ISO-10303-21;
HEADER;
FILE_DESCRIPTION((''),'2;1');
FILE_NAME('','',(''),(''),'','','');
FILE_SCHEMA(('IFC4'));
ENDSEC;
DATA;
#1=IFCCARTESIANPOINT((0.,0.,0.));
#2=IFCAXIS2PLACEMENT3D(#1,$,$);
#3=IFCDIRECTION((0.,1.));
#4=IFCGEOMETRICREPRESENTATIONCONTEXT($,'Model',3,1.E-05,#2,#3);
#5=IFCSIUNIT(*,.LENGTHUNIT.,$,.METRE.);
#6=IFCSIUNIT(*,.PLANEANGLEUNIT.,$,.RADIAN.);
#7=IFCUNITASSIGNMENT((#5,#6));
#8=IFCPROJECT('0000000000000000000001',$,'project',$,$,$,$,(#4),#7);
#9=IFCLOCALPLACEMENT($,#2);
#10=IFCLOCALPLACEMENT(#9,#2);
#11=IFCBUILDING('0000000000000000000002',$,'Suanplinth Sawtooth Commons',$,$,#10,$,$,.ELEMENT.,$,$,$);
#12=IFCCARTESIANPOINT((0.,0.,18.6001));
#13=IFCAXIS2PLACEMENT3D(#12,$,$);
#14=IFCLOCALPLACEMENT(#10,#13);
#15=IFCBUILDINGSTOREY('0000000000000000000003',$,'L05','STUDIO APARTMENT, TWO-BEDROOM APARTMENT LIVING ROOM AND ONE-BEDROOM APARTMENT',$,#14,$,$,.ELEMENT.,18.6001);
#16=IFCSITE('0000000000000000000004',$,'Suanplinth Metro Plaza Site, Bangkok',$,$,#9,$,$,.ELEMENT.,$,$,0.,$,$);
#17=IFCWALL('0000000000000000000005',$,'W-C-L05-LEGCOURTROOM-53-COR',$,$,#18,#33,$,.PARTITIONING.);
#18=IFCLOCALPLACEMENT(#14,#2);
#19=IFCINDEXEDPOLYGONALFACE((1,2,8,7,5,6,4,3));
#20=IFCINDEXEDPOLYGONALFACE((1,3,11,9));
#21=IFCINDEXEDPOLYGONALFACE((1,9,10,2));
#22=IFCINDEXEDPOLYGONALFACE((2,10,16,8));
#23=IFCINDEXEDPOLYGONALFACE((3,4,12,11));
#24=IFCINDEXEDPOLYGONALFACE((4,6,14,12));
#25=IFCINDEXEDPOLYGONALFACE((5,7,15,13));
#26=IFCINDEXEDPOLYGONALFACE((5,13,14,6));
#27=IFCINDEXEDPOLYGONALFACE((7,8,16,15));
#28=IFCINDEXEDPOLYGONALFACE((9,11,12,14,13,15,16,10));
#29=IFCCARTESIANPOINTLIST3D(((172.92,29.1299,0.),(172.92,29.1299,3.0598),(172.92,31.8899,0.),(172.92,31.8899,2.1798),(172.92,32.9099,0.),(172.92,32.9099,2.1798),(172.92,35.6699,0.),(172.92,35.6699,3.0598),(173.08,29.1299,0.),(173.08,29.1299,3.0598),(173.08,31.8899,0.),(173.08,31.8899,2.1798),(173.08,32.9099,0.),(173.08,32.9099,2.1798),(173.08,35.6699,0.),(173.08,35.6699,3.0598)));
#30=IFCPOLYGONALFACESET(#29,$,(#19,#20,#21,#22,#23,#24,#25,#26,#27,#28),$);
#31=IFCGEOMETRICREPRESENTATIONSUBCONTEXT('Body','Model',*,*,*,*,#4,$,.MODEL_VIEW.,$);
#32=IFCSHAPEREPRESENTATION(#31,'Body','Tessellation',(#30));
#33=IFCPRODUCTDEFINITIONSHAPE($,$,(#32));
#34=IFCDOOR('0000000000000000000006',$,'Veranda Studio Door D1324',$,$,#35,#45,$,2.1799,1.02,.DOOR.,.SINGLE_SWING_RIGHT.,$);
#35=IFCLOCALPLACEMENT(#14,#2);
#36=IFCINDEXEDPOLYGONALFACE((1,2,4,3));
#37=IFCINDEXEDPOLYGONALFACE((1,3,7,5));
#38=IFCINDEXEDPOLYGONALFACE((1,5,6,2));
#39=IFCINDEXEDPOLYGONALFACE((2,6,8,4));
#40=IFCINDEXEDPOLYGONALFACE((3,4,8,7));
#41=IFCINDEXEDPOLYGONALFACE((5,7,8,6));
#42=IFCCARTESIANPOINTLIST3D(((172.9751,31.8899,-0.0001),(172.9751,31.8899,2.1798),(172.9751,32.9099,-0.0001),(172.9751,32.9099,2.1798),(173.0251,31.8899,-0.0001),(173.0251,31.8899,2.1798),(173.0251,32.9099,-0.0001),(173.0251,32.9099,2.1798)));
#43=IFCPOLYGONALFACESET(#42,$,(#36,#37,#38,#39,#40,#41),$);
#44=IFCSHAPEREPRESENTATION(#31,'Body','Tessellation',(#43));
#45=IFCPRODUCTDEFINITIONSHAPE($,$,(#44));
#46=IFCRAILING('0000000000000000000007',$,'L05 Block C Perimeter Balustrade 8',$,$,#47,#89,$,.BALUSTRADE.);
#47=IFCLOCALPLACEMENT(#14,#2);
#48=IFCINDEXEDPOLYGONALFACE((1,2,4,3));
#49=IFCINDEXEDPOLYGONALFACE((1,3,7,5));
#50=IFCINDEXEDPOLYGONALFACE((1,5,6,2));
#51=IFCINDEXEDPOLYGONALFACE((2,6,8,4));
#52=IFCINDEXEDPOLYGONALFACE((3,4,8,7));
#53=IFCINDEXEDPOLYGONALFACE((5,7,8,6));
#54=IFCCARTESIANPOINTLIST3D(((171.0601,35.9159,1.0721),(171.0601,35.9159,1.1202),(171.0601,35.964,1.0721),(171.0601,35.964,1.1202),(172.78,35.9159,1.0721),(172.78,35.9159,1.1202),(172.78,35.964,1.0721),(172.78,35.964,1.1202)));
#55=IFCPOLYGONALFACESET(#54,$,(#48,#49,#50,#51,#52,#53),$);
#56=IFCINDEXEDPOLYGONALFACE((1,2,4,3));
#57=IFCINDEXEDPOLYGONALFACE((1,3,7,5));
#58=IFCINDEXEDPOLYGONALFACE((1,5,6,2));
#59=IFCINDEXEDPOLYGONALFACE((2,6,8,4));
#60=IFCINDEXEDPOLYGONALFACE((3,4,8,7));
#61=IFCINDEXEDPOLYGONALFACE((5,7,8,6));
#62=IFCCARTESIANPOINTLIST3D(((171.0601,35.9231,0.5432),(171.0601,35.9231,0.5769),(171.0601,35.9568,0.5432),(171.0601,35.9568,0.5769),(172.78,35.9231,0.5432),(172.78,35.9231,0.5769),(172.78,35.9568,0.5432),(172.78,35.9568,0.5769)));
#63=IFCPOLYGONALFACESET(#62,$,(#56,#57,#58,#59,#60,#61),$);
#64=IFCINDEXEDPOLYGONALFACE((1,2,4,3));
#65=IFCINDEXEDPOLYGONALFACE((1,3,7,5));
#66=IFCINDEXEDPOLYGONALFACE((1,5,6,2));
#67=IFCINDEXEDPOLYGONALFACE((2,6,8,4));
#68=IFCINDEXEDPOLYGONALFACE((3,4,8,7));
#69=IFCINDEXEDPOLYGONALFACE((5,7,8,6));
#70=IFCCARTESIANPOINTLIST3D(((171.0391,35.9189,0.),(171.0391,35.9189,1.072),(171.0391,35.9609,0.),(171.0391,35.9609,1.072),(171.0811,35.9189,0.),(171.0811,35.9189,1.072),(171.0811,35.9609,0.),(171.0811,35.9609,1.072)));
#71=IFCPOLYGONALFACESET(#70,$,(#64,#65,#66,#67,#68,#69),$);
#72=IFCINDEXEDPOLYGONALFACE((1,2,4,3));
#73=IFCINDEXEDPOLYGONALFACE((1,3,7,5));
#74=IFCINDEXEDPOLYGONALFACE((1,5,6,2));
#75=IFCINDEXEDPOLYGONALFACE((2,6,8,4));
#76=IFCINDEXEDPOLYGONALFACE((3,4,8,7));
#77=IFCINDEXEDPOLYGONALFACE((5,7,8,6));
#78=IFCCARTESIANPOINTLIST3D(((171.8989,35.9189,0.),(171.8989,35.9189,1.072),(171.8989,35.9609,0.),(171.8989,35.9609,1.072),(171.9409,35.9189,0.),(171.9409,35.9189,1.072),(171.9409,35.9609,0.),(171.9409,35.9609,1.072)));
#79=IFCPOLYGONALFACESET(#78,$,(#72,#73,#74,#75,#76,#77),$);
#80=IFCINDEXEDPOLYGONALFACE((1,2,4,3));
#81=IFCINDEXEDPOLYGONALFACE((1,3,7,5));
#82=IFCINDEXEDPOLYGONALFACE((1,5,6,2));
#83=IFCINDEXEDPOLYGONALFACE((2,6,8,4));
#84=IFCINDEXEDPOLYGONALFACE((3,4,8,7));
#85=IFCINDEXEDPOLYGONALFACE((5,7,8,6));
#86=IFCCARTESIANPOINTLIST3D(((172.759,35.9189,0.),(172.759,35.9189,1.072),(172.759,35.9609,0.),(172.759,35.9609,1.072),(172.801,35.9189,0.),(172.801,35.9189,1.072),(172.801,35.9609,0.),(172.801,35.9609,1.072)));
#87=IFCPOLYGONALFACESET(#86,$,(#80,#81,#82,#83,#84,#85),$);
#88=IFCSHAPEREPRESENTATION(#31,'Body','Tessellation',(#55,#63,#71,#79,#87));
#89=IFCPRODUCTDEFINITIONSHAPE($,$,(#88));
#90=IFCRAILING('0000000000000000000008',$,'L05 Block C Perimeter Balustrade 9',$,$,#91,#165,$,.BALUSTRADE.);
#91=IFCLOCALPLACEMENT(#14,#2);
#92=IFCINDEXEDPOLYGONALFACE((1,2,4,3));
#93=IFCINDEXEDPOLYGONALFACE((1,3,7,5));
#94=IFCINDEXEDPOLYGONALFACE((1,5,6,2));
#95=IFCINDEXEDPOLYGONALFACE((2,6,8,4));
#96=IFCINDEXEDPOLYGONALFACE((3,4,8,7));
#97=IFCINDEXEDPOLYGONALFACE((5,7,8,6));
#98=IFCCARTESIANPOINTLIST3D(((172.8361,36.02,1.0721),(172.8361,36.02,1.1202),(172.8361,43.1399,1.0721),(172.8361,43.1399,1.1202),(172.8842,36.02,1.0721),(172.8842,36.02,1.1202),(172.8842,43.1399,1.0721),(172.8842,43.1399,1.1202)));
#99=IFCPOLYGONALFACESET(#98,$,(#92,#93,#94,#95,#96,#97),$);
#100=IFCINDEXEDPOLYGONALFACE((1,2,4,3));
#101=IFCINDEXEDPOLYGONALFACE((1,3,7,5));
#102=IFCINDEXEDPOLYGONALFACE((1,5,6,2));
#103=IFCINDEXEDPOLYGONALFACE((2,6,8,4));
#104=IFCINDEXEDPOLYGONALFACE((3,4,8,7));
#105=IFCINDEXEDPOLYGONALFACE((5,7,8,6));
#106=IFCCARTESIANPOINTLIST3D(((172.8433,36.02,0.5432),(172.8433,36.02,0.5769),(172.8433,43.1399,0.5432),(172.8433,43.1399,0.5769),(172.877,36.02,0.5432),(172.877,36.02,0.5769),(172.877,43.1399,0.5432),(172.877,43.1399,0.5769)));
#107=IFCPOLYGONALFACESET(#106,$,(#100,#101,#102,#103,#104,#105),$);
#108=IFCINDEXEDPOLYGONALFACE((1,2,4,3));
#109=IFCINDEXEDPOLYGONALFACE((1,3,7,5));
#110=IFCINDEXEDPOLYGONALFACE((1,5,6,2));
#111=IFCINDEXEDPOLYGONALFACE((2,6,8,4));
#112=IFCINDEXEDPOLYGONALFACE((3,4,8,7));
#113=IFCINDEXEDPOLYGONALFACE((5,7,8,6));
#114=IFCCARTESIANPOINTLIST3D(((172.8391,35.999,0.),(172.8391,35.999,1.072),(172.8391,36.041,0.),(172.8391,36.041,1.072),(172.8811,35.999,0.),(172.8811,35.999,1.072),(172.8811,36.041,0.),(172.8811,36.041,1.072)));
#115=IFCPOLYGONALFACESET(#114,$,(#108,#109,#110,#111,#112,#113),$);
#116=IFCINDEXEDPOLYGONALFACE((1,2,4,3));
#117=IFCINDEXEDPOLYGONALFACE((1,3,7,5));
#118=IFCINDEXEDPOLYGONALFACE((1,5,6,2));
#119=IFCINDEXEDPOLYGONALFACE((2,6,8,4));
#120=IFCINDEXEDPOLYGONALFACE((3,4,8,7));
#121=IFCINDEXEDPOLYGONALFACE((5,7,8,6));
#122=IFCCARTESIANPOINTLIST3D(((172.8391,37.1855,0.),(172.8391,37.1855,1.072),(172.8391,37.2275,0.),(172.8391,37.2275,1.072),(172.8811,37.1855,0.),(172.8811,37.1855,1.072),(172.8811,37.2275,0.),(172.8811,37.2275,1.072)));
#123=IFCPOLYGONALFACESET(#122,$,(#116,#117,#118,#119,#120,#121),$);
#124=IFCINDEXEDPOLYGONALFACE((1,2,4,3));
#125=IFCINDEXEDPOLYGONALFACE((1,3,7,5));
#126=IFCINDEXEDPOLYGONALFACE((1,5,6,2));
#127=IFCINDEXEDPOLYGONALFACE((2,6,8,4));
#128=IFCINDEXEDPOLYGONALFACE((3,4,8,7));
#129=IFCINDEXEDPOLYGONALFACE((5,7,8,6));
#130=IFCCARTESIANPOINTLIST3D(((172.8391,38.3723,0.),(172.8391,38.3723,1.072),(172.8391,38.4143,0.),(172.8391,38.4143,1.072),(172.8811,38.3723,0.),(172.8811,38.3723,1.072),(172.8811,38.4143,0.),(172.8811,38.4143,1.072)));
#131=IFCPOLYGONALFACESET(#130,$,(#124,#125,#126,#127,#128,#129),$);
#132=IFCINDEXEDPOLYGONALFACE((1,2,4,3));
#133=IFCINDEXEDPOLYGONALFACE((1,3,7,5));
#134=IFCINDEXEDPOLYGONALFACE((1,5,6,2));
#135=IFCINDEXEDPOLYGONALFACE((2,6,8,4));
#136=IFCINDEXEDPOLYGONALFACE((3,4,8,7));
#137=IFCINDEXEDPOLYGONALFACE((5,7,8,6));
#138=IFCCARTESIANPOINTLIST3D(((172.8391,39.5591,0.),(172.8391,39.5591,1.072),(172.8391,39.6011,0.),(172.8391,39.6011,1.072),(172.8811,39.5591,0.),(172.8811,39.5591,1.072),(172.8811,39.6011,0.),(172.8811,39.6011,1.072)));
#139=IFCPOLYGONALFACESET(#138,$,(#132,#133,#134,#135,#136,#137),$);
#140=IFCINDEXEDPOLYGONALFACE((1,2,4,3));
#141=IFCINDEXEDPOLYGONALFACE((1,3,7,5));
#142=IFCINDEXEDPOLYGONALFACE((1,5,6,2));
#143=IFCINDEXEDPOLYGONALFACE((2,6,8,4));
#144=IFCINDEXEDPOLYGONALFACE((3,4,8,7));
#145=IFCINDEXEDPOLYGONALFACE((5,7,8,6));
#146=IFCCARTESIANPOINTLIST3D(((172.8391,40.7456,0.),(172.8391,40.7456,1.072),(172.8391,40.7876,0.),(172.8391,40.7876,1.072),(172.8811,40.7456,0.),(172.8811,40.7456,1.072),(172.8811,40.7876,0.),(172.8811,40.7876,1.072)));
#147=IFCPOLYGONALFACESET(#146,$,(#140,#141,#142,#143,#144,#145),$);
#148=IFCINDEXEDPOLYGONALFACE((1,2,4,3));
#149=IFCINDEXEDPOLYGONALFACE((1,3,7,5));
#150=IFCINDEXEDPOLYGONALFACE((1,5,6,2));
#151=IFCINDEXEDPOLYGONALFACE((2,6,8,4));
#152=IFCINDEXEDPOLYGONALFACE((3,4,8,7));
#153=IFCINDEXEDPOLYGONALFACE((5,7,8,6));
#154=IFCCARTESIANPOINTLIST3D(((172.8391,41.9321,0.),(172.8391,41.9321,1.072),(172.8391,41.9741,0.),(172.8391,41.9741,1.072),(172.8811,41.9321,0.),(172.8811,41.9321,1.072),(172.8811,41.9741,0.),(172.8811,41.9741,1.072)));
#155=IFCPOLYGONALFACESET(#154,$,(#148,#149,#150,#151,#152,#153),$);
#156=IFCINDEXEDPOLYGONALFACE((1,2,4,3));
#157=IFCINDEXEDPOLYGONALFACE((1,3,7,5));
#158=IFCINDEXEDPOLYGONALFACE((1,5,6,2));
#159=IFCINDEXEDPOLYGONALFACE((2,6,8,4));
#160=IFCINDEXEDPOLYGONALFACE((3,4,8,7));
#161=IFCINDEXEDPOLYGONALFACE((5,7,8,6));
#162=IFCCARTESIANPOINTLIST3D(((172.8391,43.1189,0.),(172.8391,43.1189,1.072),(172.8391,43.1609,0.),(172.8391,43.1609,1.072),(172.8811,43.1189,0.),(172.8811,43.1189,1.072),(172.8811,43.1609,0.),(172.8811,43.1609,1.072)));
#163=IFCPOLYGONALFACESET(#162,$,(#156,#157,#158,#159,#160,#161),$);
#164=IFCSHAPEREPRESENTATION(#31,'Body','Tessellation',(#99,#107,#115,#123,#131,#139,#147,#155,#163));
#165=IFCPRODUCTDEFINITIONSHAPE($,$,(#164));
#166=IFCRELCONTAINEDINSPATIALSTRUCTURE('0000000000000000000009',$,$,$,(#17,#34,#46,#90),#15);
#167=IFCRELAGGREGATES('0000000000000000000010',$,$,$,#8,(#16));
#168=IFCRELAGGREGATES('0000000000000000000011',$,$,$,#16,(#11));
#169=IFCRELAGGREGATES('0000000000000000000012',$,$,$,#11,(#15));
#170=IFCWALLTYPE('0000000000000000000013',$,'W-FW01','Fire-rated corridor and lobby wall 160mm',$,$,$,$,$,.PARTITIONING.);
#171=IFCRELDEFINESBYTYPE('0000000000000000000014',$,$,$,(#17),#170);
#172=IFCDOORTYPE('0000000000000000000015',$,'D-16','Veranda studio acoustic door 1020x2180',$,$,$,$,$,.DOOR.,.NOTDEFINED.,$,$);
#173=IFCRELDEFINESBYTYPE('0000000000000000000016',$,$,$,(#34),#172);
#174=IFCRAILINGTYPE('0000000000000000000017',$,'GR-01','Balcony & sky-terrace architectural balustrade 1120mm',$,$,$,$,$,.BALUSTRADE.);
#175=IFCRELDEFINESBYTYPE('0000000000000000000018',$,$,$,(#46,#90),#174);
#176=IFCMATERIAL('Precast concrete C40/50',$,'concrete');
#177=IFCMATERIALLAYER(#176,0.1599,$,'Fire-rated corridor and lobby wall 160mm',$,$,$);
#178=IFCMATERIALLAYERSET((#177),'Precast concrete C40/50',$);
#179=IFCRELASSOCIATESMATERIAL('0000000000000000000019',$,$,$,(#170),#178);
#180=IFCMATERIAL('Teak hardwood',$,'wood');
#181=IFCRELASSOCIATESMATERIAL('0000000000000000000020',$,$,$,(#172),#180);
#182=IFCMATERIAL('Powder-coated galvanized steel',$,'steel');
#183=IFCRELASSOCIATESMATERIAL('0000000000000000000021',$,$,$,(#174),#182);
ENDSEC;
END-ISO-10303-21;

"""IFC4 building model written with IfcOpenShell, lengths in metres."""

from ifc_helpers import new_model, si_unit, direction, frame, frame_2d, origin, origin_2d, place, context, subcontext, project, spatial, rectangle, extrude, material, layer, layer_set, type_object, element, fill, save


model = new_model("IFC4")

# Units and contexts
model_context = context("Model", 3, precision=1e-05, world=origin(), true_north=direction((0.0, 1.0)))
body_context = subcontext(model_context, "Body", "Model", "MODEL_VIEW")
ifc_project = project(units=[si_unit("LENGTHUNIT", "METRE"), si_unit("PLANEANGLEUNIT", "RADIAN")], contexts=[model_context])

# Site, building, storey
site_placement = place(None, origin())
site = spatial("IfcSite", under=ifc_project, at=site_placement, Name="Suanplinth Metro Plaza Site, Bangkok", CompositionType="ELEMENT", RefElevation=0.0)
building_placement = place(site_placement, origin())
building = spatial("IfcBuilding", under=site, at=building_placement, Name="Suanplinth Sawtooth Commons", CompositionType="ELEMENT")
storey_placement = place(building_placement, frame((0.0, 0.0, 18.6001)))
storey = spatial("IfcBuildingStorey", under=building, at=storey_placement, Name="L05", Description="STUDIO APARTMENT, TWO-BEDROOM APARTMENT LIVING ROOM AND ONE-BEDROOM APARTMENT", CompositionType="ELEMENT", Elevation=18.6001)

# Shared definitions
ifc_material_1 = material(Name="Precast concrete C40/50", Category="concrete")

# Wall, opening, door
ifc_layer_1 = layer(ifc_material_1, 0.1599, Name="Fire-rated corridor and lobby wall 160mm")
ifc_layer_set_1 = layer_set([ifc_layer_1], Name="Precast concrete C40/50")
wall_type_1 = type_object("IfcWallType", Name="W-FW01", Description="Fire-rated corridor and lobby wall 160mm", PredefinedType="PARTITIONING", material=ifc_layer_set_1)
wall_1_placement = place(storey_placement, frame((173.0, 29.1299, 0.0), z_axis=(0.0, 0.0, 1.0), x_axis=(0.0, 1.0, 0.0)))
wall_1 = element("IfcWall", 1, at=wall_1_placement, inside=storey, type_object=wall_type_1, Name="W-C-L05-LEGCOURTROOM-53-COR", PredefinedType="PARTITIONING", context=body_context, shape_type="SweptSolid", body=[
    extrude(rectangle(XDim=6.54, YDim=0.1599, at=frame_2d((3.27, 0.0))), origin(), (0.0, 0.0, 1.0), 3.0598),
])
opening_1_placement = place(wall_1_placement, frame((2.76, 0.0, 0.0)))
opening_1 = element("IfcOpeningElement", 2, at=opening_1_placement, cuts=wall_1, PredefinedType="OPENING", context=body_context, shape_type="SweptSolid", body=[
    extrude(rectangle(XDim=1.02, YDim=2.1799, at=frame_2d((0.51, 1.0898))), frame((0.0, 0.0947, 0.0), z_axis=(0.0, -1.0, 0.0), x_axis=(1.0, 0.0, 0.0)), (0.0, 0.0, 1.0), 0.1897),
])
ifc_material_2 = material(Name="Teak hardwood", Category="wood")
door_type_1 = type_object("IfcDoorType", Name="D-16", Description="Veranda studio acoustic door 1020x2180", OperationType="NOTDEFINED", PredefinedType="DOOR", material=ifc_material_2)
door_1_placement = place(opening_1_placement, origin())
door_1 = element("IfcDoor", 3, at=door_1_placement, inside=storey, type_object=door_type_1, Name="Veranda Studio Door D1324", OperationType="SINGLE_SWING_RIGHT", OverallHeight=2.1799, OverallWidth=1.02, PredefinedType="DOOR", context=body_context, shape_type="SweptSolid", body=[
    extrude(rectangle(XDim=1.02, YDim=2.1799, at=frame_2d((0.51, 1.0898))), frame((0.0, 0.0249, 0.0), z_axis=(0.0, -1.0, 0.0), x_axis=(1.0, 0.0, 0.0)), (0.0, 0.0, 1.0), 0.05),
])
fill(opening_1, door_1)

# Railings
ifc_material_3 = material(Name="Powder-coated galvanized steel", Category="steel")
railing_type = type_object("IfcRailingType", Name="GR-01", Description="Balcony & sky-terrace architectural balustrade 1120mm", PredefinedType="BALUSTRADE", material=ifc_material_3)
railing_1_placement = place(storey_placement, frame((171.0601, 35.9399, 0.0)))
element("IfcRailing", 4, at=railing_1_placement, inside=storey, type_object=railing_type, Name="L05 Block C Perimeter Balustrade 8", PredefinedType="BALUSTRADE", context=body_context, shape_type="SweptSolid", body=[
    extrude(rectangle(XDim=0.0481, YDim=0.0481, at=origin_2d()), frame((0.0, 0.0, 1.0962), z_axis=(1.0, 0.0, 0.0), x_axis=(0.0, 1.0, 0.0)), (0.0, 0.0, 1.0), 1.72),
    extrude(rectangle(XDim=0.0337, YDim=0.0337, at=origin_2d()), frame((0.0, 0.0, 0.5601), z_axis=(1.0, 0.0, 0.0), x_axis=(0.0, 1.0, 0.0)), (0.0, 0.0, 1.0), 1.72),
    extrude(rectangle(XDim=0.042, YDim=0.042, at=origin_2d()), origin(), (0.0, 0.0, 1.0), 1.072),
    extrude(rectangle(XDim=0.042, YDim=0.042, at=origin_2d()), frame((0.8599, 0.0, 0.0)), (0.0, 0.0, 1.0), 1.072),
    extrude(rectangle(XDim=0.042, YDim=0.042, at=origin_2d()), frame((1.72, 0.0, 0.0)), (0.0, 0.0, 1.0), 1.072),
])
railing_2_placement = place(storey_placement, frame((172.8601, 36.02, 0.0)))
element("IfcRailing", 5, at=railing_2_placement, inside=storey, type_object=railing_type, Name="L05 Block C Perimeter Balustrade 9", PredefinedType="BALUSTRADE", context=body_context, shape_type="SweptSolid", body=[
    extrude(rectangle(XDim=0.0481, YDim=0.0481, at=origin_2d()), frame((0.0, 0.0, 1.0962), z_axis=(0.0, 1.0, 0.0), x_axis=(-1.0, 0.0, 0.0)), (0.0, 0.0, 1.0), 7.1199),
    extrude(rectangle(XDim=0.0337, YDim=0.0337, at=origin_2d()), frame((0.0, 0.0, 0.5601), z_axis=(0.0, 1.0, 0.0), x_axis=(-1.0, 0.0, 0.0)), (0.0, 0.0, 1.0), 7.1199),
    extrude(rectangle(XDim=0.042, YDim=0.042, at=origin_2d()), origin(), (0.0, 0.0, 1.0), 1.072),
    extrude(rectangle(XDim=0.042, YDim=0.042, at=origin_2d()), frame((0.0, 1.1865, 0.0)), (0.0, 0.0, 1.0), 1.072),
    extrude(rectangle(XDim=0.042, YDim=0.042, at=origin_2d()), frame((0.0, 2.3733, 0.0)), (0.0, 0.0, 1.0), 1.072),
    extrude(rectangle(XDim=0.042, YDim=0.042, at=origin_2d()), frame((0.0, 3.5601, 0.0)), (0.0, 0.0, 1.0), 1.072),
    extrude(rectangle(XDim=0.042, YDim=0.042, at=origin_2d()), frame((0.0, 4.7466, 0.0)), (0.0, 0.0, 1.0), 1.072),
    extrude(rectangle(XDim=0.042, YDim=0.042, at=origin_2d()), frame((0.0, 5.9331, 0.0)), (0.0, 0.0, 1.0), 1.072),
    extrude(rectangle(XDim=0.042, YDim=0.042, at=origin_2d()), frame((0.0, 7.1199, 0.0)), (0.0, 0.0, 1.0), 1.072),
])

save(model, "model.ifc")
